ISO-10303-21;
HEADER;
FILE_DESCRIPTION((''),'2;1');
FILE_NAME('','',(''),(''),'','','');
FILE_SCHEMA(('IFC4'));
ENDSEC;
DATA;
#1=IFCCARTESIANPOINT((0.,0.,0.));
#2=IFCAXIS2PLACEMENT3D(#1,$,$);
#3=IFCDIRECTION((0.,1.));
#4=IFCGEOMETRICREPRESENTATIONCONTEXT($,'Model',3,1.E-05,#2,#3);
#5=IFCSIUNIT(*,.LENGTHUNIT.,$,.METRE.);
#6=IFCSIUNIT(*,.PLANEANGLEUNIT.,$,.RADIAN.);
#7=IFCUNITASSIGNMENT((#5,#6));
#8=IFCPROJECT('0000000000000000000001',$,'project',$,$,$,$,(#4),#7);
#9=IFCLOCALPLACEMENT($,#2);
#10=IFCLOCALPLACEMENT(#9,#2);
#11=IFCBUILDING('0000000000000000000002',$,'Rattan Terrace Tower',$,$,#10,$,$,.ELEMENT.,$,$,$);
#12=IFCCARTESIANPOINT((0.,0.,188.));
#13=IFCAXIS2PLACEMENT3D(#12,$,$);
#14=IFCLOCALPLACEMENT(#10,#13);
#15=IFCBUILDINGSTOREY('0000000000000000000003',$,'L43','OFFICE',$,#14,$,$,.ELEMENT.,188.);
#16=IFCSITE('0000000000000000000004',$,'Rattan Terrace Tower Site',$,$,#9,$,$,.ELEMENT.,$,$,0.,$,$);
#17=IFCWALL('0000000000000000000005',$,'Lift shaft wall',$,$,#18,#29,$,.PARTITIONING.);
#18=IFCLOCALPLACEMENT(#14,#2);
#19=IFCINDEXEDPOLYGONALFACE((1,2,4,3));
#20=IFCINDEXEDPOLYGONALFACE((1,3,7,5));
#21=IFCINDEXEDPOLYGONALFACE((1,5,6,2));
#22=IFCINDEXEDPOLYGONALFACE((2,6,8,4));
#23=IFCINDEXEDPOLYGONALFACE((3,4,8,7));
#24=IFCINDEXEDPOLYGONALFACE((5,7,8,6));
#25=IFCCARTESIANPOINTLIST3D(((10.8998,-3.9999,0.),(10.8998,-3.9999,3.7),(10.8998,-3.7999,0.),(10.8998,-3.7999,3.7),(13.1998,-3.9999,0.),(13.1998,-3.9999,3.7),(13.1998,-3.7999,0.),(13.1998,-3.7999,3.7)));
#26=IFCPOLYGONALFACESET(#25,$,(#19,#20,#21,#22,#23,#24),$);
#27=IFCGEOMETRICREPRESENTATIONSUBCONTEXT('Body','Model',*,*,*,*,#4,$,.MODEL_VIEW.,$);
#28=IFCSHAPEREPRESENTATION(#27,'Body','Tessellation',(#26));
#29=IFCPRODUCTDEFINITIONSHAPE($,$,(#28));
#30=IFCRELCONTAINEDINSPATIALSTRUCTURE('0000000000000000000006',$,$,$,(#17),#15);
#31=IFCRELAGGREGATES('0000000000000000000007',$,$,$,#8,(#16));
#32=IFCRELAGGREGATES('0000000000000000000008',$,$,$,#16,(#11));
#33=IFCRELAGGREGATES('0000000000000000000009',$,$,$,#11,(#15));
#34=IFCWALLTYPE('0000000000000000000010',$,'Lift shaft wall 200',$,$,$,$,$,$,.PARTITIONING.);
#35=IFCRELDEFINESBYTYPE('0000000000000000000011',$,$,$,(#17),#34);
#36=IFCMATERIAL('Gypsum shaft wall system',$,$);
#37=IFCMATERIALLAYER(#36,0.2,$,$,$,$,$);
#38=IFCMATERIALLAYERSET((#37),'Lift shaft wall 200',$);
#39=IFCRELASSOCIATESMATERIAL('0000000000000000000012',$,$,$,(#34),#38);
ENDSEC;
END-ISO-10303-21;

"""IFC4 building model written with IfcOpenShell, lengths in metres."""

from ifc_helpers import new_model, si_unit, direction, frame, frame_2d, origin, place, context, subcontext, project, spatial, rectangle, extrude, material, layer, layer_set, type_object, element, save


model = new_model("IFC4")

# Units and contexts
model_context = context("Model", 3, precision=1e-05, world=origin(), true_north=direction((0.0, 1.0)))
body_context = subcontext(model_context, "Body", "Model", "MODEL_VIEW")
ifc_project = project(units=[si_unit("LENGTHUNIT", "METRE"), si_unit("PLANEANGLEUNIT", "RADIAN")], contexts=[model_context])

# Site, building, storey
site_placement = place(None, origin())
site = spatial("IfcSite", under=ifc_project, at=site_placement, Name="Rattan Terrace Tower Site", CompositionType="ELEMENT", RefElevation=0.0)
building_placement = place(site_placement, origin())
building = spatial("IfcBuilding", under=site, at=building_placement, Name="Rattan Terrace Tower", CompositionType="ELEMENT")
storey_placement = place(building_placement, frame((0.0, 0.0, 188.0)))
storey = spatial("IfcBuildingStorey", under=building, at=storey_placement, Name="L43", Description="OFFICE", CompositionType="ELEMENT", Elevation=188.0)

# Shared definitions
ifc_material_1 = material(Name="Gypsum shaft wall system")
ifc_layer_1 = layer(ifc_material_1, 0.2)
ifc_layer_set_1 = layer_set([ifc_layer_1], Name="Lift shaft wall 200")
wall_type_1 = type_object("IfcWallType", Name="Lift shaft wall 200", PredefinedType="PARTITIONING", material=ifc_layer_set_1)

# Wall
wall_1_placement = place(storey_placement, frame((10.8999, -3.8999, 0.0), z_axis=(0.0, 0.0, 1.0), x_axis=(1.0, 0.0, 0.0)))
element("IfcWall", 1, at=wall_1_placement, inside=storey, type_object=wall_type_1, Name="Lift shaft wall", PredefinedType="PARTITIONING", context=body_context, shape_type="SweptSolid", body=[
    extrude(rectangle(XDim=2.3, YDim=0.2, at=frame_2d((1.1499, 0.0))), origin(), (0.0, 0.0, 1.0), 3.7),
])

save(model, "model.ifc")
